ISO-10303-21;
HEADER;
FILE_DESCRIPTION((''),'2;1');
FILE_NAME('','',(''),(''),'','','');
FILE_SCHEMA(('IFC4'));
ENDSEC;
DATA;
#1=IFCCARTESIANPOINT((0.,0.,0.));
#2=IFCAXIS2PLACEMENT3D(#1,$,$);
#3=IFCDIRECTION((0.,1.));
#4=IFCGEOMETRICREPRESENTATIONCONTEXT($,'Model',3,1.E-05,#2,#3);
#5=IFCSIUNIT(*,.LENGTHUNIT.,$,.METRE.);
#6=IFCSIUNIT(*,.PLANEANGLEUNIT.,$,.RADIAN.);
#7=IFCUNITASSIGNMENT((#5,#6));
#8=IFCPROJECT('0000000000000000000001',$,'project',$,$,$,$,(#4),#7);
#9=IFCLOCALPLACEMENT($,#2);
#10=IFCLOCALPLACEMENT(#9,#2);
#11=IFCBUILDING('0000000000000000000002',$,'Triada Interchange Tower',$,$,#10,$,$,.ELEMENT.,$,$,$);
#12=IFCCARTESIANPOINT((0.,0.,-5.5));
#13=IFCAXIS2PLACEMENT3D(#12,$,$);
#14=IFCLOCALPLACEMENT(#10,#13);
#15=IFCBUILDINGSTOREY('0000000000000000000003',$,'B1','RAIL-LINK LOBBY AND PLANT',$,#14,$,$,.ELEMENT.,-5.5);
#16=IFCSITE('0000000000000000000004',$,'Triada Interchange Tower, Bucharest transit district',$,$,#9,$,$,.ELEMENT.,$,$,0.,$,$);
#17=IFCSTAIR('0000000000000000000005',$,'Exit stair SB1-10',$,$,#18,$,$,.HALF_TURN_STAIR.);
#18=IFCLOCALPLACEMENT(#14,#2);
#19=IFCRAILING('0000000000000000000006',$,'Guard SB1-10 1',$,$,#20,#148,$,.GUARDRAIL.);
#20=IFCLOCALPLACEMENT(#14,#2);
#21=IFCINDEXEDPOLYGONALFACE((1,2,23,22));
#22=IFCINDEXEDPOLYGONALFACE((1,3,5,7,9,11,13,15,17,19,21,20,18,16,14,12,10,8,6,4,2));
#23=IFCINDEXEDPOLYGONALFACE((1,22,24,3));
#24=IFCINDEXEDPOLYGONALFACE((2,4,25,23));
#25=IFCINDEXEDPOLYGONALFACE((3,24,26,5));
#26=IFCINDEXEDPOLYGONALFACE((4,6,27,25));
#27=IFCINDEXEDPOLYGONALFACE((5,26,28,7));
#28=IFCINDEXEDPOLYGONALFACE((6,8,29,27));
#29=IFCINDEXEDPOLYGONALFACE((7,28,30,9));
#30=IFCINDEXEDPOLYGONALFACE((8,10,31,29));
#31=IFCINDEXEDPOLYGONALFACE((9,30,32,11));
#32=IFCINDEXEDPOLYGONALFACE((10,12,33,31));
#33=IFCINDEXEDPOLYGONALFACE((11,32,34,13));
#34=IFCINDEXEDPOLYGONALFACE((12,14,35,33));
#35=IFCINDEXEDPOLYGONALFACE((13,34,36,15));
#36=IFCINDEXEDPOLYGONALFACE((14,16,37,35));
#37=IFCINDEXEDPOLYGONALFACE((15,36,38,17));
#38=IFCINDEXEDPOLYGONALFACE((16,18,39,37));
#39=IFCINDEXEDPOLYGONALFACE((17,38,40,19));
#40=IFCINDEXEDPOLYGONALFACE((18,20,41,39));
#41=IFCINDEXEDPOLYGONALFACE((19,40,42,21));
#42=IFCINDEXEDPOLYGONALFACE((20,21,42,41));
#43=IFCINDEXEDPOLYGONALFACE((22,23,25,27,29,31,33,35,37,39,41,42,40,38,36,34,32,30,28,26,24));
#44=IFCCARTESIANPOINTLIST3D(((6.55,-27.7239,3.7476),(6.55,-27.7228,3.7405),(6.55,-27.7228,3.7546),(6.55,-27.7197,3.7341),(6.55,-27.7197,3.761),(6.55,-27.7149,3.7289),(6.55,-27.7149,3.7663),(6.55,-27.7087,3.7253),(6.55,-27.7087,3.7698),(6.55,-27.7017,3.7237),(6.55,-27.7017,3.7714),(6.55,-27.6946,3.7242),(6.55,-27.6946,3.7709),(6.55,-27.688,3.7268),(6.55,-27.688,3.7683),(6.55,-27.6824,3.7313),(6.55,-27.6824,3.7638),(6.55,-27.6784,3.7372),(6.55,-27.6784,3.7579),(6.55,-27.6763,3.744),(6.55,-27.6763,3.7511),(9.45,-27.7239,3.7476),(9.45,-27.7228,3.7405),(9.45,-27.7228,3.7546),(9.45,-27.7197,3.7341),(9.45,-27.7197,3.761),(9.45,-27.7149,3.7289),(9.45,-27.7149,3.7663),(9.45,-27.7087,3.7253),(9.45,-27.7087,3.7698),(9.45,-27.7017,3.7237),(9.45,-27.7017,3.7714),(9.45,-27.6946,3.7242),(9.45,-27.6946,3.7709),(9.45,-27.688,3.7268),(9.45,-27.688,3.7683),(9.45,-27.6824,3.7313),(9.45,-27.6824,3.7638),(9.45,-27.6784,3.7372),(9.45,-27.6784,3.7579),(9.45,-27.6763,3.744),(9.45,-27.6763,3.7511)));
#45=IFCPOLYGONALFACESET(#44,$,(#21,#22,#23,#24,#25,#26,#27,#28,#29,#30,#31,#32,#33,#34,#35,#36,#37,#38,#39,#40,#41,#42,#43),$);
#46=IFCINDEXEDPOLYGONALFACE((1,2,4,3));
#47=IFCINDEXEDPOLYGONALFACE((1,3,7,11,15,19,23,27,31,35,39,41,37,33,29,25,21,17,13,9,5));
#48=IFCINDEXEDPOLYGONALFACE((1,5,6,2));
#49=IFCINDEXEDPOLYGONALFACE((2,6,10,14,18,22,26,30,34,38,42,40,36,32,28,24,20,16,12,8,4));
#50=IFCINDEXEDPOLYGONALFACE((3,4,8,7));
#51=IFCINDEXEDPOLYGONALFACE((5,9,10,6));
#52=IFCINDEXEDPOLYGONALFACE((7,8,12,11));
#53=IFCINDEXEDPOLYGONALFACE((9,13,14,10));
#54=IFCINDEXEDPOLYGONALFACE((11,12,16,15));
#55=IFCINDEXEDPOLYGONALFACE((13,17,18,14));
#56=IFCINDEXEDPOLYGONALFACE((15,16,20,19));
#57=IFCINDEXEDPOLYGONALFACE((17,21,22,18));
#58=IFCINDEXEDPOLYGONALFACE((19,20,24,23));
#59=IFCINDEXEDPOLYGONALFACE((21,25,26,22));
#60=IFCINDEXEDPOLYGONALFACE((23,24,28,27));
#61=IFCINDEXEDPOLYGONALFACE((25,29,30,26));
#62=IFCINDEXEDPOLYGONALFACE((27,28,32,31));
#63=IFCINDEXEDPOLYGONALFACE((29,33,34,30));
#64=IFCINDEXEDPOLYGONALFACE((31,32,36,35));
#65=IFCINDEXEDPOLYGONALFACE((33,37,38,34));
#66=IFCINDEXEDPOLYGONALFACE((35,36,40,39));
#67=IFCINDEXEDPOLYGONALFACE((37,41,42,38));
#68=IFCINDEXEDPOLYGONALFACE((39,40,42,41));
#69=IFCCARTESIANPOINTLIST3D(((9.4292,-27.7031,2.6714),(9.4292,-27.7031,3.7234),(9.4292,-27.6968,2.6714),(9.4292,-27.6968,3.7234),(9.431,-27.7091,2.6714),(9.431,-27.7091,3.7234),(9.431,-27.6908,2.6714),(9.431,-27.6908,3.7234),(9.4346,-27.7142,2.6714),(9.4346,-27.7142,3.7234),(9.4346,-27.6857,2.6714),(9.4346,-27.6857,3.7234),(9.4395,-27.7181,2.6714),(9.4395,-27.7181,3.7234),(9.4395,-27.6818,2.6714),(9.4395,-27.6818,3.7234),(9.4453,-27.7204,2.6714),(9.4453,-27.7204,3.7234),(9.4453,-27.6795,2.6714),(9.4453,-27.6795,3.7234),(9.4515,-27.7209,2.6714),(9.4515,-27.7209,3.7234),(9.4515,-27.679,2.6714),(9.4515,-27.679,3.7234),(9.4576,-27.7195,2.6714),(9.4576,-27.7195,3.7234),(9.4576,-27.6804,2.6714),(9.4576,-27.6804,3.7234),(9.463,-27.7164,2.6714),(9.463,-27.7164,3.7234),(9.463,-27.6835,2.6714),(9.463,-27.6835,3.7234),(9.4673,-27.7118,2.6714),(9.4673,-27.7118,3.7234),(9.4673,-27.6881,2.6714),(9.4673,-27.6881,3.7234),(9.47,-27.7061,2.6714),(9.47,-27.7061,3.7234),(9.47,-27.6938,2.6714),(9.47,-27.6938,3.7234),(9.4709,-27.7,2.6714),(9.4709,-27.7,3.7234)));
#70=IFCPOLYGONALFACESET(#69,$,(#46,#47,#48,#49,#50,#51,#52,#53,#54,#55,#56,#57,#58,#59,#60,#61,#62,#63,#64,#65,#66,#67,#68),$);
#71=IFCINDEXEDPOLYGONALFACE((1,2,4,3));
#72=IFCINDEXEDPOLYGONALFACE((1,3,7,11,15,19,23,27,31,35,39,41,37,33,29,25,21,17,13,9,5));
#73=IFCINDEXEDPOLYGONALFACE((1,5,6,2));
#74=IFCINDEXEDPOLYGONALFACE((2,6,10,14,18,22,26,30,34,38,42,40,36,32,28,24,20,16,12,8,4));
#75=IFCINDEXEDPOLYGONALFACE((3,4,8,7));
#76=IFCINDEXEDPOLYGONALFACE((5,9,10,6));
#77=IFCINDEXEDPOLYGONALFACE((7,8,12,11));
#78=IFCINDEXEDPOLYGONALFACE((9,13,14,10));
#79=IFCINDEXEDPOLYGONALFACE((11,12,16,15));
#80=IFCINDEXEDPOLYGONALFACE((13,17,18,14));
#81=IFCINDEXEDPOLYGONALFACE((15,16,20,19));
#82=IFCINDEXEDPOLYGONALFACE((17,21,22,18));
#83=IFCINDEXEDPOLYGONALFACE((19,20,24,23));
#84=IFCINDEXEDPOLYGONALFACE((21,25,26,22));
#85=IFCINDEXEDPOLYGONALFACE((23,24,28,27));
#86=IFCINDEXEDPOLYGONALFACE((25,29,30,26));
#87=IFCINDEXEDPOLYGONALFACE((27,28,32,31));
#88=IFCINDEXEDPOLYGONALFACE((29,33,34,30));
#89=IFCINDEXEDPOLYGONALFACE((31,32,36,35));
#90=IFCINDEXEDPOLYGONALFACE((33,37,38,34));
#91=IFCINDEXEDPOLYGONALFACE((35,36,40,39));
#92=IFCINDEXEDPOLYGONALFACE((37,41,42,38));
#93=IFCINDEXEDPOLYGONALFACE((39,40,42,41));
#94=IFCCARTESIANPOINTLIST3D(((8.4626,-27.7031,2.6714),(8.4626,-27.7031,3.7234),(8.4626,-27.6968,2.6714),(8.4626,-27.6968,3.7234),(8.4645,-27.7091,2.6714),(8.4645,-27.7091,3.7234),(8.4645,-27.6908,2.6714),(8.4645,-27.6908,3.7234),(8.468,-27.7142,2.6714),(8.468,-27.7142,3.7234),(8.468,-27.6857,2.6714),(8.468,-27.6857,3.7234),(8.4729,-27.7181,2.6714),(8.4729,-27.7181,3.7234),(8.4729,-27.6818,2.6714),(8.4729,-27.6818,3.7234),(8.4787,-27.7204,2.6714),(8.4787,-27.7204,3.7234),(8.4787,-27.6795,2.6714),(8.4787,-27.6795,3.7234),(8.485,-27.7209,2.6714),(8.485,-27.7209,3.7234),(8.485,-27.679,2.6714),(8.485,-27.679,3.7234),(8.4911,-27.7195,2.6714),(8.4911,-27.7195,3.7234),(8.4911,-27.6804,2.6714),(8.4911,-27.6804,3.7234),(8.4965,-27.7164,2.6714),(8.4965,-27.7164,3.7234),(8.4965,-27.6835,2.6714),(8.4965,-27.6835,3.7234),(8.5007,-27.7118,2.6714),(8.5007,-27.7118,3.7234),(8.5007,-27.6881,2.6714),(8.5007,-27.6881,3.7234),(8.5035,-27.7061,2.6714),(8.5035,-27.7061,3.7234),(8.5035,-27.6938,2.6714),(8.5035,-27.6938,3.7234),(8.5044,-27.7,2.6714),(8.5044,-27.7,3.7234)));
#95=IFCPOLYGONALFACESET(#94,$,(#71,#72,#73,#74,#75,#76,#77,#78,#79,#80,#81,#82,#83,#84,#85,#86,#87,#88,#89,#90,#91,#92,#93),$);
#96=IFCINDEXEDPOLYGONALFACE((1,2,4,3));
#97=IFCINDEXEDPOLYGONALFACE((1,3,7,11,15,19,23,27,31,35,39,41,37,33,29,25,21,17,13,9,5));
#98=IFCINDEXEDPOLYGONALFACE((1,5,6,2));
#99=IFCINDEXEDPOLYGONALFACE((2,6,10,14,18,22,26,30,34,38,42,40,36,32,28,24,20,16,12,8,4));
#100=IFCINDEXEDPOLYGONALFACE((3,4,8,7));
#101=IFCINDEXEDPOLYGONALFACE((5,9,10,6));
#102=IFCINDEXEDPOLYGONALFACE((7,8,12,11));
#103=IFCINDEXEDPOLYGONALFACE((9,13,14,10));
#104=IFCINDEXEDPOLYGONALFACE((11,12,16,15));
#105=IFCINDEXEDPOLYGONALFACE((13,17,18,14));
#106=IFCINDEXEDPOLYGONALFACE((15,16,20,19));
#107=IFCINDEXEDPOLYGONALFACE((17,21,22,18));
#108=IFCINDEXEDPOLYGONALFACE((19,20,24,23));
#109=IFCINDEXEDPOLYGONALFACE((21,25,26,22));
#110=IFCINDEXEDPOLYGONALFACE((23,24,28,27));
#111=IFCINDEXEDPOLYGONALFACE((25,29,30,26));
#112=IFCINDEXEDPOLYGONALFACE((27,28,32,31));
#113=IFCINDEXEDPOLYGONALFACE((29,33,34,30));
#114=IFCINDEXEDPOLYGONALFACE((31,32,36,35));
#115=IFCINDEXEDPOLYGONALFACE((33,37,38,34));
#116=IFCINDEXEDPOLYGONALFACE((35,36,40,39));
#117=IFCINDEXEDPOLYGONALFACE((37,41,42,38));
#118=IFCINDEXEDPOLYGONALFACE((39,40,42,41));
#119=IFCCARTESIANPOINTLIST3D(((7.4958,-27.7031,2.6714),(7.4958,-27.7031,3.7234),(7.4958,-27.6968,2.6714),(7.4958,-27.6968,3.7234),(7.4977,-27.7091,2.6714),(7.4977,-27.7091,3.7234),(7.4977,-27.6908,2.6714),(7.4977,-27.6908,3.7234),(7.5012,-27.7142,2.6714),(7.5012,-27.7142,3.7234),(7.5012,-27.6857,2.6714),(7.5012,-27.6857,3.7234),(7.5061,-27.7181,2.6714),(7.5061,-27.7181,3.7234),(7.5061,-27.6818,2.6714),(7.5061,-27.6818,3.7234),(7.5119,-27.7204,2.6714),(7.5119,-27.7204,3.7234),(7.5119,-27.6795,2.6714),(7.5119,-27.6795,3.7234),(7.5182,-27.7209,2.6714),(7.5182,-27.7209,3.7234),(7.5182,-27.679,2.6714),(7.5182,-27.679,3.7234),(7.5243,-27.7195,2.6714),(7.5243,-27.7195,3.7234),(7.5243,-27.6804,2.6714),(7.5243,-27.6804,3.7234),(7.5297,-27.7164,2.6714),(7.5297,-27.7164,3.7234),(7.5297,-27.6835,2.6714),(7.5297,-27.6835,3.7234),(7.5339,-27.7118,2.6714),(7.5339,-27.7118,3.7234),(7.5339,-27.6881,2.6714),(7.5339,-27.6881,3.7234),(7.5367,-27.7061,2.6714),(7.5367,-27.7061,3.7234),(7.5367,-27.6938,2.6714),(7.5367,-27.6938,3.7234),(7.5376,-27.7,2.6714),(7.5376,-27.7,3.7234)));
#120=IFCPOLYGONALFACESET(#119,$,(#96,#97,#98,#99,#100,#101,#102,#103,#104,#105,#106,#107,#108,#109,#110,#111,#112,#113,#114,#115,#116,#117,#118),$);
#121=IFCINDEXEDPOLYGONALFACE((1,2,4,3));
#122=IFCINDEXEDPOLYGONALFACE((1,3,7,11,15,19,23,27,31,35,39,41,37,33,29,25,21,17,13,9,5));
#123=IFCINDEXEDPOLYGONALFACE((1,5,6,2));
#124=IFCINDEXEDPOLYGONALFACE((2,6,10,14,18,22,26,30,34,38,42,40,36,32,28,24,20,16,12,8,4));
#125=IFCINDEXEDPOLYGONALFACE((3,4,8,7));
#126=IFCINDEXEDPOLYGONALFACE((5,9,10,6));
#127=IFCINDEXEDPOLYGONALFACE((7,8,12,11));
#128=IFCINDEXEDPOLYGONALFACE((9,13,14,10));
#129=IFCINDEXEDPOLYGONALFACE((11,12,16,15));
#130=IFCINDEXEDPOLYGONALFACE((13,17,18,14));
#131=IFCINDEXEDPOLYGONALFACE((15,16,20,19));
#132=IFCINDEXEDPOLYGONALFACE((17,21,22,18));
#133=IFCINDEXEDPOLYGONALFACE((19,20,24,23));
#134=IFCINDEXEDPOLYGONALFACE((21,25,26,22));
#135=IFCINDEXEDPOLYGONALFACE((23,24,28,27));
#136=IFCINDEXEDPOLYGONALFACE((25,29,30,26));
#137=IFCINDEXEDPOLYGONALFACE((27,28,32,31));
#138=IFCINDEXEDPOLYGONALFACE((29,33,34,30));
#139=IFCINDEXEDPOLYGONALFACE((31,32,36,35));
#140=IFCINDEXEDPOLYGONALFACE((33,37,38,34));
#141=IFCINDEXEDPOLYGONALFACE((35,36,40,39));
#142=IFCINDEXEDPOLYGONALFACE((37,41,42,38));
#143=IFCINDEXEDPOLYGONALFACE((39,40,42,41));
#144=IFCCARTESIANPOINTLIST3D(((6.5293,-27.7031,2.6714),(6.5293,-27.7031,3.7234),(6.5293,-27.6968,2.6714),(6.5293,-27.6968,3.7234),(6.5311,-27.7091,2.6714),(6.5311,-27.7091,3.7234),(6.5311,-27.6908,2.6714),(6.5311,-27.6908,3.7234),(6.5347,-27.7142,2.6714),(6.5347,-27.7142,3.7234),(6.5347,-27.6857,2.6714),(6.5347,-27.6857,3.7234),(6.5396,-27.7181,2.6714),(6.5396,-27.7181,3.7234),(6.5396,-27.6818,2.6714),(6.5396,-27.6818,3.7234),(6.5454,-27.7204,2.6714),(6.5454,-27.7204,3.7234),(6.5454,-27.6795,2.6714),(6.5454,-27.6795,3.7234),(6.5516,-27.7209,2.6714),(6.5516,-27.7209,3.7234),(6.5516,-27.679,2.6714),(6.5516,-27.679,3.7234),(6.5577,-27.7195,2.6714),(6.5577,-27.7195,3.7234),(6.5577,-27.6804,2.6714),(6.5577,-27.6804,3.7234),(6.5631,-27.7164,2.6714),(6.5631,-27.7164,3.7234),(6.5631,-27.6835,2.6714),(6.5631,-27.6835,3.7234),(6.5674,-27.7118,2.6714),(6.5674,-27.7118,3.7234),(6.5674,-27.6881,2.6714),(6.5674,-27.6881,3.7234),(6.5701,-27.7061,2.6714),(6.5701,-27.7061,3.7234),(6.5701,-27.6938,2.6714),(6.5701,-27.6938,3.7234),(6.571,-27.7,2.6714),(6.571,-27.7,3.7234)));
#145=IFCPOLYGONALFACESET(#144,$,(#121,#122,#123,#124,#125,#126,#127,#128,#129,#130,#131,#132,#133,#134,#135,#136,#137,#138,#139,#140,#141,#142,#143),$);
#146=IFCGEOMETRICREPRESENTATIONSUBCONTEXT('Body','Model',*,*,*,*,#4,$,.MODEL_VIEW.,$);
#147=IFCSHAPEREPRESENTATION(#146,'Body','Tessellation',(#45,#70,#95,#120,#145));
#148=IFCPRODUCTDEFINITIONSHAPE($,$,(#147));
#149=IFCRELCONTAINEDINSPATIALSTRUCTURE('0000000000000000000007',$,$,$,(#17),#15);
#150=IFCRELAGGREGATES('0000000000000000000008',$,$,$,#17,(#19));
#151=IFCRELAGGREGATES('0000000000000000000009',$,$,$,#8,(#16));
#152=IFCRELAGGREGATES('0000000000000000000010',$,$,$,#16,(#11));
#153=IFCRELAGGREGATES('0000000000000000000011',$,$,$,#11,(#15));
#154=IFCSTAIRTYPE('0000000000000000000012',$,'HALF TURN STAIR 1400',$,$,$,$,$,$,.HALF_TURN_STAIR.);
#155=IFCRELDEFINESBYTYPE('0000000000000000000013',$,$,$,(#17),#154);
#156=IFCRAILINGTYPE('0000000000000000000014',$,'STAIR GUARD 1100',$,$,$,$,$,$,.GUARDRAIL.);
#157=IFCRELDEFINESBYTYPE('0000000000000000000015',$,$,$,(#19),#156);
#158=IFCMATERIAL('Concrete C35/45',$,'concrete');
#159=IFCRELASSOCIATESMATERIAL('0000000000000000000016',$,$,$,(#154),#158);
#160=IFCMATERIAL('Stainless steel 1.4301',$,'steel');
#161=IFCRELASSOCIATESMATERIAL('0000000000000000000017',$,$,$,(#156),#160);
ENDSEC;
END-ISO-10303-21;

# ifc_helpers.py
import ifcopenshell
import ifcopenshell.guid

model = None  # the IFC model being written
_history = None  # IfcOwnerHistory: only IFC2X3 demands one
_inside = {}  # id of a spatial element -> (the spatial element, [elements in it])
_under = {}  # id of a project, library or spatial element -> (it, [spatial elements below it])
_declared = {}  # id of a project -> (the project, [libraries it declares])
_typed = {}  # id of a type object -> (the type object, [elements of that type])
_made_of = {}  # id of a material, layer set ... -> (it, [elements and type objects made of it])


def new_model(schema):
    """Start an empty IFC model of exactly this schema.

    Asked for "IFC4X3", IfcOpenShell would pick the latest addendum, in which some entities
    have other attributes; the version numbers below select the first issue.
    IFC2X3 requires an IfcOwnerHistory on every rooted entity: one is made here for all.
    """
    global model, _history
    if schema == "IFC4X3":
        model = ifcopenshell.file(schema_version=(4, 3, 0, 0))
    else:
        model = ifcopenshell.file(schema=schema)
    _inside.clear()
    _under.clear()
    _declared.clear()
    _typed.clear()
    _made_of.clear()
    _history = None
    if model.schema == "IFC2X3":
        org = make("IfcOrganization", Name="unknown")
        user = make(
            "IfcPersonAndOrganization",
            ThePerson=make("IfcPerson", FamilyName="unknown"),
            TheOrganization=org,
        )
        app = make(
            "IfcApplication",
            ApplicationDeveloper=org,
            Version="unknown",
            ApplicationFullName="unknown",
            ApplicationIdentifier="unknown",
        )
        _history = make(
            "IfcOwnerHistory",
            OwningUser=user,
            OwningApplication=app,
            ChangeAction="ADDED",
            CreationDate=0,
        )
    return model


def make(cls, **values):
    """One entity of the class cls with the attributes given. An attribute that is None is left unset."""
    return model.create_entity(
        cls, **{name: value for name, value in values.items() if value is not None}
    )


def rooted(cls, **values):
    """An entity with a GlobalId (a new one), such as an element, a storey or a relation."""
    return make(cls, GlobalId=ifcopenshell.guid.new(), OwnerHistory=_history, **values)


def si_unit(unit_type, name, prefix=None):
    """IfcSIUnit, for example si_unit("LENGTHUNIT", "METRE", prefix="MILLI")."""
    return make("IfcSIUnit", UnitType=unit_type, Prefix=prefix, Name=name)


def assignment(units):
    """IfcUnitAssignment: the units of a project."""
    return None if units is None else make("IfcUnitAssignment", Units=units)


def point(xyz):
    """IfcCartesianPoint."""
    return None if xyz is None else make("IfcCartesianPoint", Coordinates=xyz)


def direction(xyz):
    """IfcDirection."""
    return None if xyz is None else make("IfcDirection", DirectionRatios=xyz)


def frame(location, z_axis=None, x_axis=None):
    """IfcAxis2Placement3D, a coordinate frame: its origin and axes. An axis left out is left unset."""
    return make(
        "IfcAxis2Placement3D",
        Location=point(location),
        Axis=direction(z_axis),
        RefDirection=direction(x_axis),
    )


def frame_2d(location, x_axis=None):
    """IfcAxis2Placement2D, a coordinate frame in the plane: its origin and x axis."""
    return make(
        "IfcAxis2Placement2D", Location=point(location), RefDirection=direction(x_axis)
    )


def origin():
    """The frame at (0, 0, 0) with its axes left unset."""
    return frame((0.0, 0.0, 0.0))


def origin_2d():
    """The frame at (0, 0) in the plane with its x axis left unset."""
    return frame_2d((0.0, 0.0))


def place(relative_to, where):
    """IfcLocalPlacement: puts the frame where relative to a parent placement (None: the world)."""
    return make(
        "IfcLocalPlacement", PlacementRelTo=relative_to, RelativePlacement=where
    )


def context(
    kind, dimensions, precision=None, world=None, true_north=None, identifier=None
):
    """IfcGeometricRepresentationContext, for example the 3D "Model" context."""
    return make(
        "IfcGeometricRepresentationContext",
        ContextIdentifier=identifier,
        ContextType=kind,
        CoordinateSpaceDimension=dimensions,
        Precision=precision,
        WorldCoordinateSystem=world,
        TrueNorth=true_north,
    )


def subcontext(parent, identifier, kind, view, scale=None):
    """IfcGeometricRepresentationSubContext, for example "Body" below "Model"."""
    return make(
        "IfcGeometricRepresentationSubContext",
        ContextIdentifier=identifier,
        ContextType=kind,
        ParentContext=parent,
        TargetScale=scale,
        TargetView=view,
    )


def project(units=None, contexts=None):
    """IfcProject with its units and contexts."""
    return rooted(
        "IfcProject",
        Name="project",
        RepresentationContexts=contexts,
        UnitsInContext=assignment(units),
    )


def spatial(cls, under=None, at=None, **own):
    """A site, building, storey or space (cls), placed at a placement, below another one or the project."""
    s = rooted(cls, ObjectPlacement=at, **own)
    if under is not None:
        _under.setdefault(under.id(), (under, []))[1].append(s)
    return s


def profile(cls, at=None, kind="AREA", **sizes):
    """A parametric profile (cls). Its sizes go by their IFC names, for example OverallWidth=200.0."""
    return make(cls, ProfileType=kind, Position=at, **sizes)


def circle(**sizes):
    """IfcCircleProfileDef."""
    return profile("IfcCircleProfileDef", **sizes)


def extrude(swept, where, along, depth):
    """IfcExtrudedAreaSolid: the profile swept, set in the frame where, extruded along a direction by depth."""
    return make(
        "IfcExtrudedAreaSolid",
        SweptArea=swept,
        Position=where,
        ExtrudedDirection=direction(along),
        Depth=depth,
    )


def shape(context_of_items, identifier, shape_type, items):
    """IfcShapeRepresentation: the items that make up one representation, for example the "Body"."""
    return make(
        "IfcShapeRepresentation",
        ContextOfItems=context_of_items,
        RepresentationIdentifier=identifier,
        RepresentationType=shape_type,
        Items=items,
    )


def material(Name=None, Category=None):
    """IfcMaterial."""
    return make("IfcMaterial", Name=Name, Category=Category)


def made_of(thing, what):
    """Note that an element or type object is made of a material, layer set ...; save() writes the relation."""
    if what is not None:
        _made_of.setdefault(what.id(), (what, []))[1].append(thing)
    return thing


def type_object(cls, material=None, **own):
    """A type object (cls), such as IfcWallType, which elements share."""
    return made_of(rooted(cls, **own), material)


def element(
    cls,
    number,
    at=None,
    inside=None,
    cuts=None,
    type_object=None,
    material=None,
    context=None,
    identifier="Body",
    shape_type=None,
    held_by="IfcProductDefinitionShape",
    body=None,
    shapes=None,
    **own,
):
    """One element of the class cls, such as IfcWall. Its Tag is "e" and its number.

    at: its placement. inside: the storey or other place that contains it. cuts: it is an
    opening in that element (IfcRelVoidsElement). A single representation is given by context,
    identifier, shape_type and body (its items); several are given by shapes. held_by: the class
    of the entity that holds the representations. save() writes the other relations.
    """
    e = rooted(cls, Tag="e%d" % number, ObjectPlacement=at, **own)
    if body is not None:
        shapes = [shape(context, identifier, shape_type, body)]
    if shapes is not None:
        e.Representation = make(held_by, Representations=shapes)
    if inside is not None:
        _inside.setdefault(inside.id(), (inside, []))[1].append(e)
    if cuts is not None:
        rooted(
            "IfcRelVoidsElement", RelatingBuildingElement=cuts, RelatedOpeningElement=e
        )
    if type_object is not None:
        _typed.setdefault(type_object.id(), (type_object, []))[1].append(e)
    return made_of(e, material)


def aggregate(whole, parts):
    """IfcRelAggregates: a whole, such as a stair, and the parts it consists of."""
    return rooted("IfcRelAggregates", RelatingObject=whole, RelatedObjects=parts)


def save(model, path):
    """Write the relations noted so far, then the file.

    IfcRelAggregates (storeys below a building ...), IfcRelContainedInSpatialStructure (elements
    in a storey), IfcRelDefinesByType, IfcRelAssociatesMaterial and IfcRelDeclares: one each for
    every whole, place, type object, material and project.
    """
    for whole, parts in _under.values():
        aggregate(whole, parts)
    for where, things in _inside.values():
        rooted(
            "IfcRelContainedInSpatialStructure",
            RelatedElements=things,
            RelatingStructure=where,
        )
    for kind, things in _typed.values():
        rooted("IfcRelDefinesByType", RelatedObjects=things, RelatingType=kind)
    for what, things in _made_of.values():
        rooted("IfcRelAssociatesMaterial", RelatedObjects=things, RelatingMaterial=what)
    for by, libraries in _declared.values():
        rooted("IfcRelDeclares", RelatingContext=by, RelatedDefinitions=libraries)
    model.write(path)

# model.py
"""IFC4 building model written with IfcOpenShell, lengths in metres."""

from ifc_helpers import new_model, si_unit, direction, frame, origin, origin_2d, place, context, subcontext, project, spatial, circle, extrude, material, type_object, element, aggregate, save


model = new_model("IFC4")

# Units and contexts
model_context = context("Model", 3, precision=1e-05, world=origin(), true_north=direction((0.0, 1.0)))
body_context = subcontext(model_context, "Body", "Model", "MODEL_VIEW")
ifc_project = project(units=[si_unit("LENGTHUNIT", "METRE"), si_unit("PLANEANGLEUNIT", "RADIAN")], contexts=[model_context])

# Site, building, storey
site_placement = place(None, origin())
site = spatial("IfcSite", under=ifc_project, at=site_placement, Name="Triada Interchange Tower, Bucharest transit district", CompositionType="ELEMENT", RefElevation=0.0)
building_placement = place(site_placement, origin())
building = spatial("IfcBuilding", under=site, at=building_placement, Name="Triada Interchange Tower", CompositionType="ELEMENT")
storey_placement = place(building_placement, frame((0.0, 0.0, -5.5)))
storey = spatial("IfcBuildingStorey", under=building, at=storey_placement, Name="B1", Description="RAIL-LINK LOBBY AND PLANT", CompositionType="ELEMENT", Elevation=-5.5)

# Shared definitions
ifc_material_1 = material(Name="Concrete C35/45", Category="concrete")

# Stair, railing
stair_type = type_object("IfcStairType", Name="HALF TURN STAIR 1400", PredefinedType="HALF_TURN_STAIR", material=ifc_material_1)
stair_placement = place(storey_placement, origin())
stair = element("IfcStair", 1, at=stair_placement, inside=storey, type_object=stair_type, Name="Exit stair SB1-10", PredefinedType="HALF_TURN_STAIR")
ifc_material_2 = material(Name="Stainless steel 1.4301", Category="steel")
railing_type_1 = type_object("IfcRailingType", Name="STAIR GUARD 1100", PredefinedType="GUARDRAIL", material=ifc_material_2)
railing_1_placement = place(storey_placement, frame((9.45, -27.7, 2.6714)))
railing_1 = element("IfcRailing", 2, at=railing_1_placement, type_object=railing_type_1, Name="Guard SB1-10 1", PredefinedType="GUARDRAIL", context=body_context, shape_type="SweptSolid", body=[
    extrude(circle(Radius=0.0239, at=origin_2d()), frame((0.0, 0.0, 1.0762), z_axis=(-1.0, 0.0, 0.0), x_axis=(0.0, -1.0, 0.0)), (0.0, 0.0, 1.0), 2.8999),
    extrude(circle(Radius=0.021, at=origin_2d()), origin(), (0.0, 0.0, 1.0), 1.052),
    extrude(circle(Radius=0.021, at=origin_2d()), frame((-0.9666, 0.0, 0.0)), (0.0, 0.0, 1.0), 1.052),
    extrude(circle(Radius=0.021, at=origin_2d()), frame((-1.9333, 0.0, 0.0)), (0.0, 0.0, 1.0), 1.052),
    extrude(circle(Radius=0.021, at=origin_2d()), frame((-2.8999, 0.0, 0.0)), (0.0, 0.0, 1.0), 1.052),
])
aggregate(stair, [railing_1])

save(model, "model.ifc")
